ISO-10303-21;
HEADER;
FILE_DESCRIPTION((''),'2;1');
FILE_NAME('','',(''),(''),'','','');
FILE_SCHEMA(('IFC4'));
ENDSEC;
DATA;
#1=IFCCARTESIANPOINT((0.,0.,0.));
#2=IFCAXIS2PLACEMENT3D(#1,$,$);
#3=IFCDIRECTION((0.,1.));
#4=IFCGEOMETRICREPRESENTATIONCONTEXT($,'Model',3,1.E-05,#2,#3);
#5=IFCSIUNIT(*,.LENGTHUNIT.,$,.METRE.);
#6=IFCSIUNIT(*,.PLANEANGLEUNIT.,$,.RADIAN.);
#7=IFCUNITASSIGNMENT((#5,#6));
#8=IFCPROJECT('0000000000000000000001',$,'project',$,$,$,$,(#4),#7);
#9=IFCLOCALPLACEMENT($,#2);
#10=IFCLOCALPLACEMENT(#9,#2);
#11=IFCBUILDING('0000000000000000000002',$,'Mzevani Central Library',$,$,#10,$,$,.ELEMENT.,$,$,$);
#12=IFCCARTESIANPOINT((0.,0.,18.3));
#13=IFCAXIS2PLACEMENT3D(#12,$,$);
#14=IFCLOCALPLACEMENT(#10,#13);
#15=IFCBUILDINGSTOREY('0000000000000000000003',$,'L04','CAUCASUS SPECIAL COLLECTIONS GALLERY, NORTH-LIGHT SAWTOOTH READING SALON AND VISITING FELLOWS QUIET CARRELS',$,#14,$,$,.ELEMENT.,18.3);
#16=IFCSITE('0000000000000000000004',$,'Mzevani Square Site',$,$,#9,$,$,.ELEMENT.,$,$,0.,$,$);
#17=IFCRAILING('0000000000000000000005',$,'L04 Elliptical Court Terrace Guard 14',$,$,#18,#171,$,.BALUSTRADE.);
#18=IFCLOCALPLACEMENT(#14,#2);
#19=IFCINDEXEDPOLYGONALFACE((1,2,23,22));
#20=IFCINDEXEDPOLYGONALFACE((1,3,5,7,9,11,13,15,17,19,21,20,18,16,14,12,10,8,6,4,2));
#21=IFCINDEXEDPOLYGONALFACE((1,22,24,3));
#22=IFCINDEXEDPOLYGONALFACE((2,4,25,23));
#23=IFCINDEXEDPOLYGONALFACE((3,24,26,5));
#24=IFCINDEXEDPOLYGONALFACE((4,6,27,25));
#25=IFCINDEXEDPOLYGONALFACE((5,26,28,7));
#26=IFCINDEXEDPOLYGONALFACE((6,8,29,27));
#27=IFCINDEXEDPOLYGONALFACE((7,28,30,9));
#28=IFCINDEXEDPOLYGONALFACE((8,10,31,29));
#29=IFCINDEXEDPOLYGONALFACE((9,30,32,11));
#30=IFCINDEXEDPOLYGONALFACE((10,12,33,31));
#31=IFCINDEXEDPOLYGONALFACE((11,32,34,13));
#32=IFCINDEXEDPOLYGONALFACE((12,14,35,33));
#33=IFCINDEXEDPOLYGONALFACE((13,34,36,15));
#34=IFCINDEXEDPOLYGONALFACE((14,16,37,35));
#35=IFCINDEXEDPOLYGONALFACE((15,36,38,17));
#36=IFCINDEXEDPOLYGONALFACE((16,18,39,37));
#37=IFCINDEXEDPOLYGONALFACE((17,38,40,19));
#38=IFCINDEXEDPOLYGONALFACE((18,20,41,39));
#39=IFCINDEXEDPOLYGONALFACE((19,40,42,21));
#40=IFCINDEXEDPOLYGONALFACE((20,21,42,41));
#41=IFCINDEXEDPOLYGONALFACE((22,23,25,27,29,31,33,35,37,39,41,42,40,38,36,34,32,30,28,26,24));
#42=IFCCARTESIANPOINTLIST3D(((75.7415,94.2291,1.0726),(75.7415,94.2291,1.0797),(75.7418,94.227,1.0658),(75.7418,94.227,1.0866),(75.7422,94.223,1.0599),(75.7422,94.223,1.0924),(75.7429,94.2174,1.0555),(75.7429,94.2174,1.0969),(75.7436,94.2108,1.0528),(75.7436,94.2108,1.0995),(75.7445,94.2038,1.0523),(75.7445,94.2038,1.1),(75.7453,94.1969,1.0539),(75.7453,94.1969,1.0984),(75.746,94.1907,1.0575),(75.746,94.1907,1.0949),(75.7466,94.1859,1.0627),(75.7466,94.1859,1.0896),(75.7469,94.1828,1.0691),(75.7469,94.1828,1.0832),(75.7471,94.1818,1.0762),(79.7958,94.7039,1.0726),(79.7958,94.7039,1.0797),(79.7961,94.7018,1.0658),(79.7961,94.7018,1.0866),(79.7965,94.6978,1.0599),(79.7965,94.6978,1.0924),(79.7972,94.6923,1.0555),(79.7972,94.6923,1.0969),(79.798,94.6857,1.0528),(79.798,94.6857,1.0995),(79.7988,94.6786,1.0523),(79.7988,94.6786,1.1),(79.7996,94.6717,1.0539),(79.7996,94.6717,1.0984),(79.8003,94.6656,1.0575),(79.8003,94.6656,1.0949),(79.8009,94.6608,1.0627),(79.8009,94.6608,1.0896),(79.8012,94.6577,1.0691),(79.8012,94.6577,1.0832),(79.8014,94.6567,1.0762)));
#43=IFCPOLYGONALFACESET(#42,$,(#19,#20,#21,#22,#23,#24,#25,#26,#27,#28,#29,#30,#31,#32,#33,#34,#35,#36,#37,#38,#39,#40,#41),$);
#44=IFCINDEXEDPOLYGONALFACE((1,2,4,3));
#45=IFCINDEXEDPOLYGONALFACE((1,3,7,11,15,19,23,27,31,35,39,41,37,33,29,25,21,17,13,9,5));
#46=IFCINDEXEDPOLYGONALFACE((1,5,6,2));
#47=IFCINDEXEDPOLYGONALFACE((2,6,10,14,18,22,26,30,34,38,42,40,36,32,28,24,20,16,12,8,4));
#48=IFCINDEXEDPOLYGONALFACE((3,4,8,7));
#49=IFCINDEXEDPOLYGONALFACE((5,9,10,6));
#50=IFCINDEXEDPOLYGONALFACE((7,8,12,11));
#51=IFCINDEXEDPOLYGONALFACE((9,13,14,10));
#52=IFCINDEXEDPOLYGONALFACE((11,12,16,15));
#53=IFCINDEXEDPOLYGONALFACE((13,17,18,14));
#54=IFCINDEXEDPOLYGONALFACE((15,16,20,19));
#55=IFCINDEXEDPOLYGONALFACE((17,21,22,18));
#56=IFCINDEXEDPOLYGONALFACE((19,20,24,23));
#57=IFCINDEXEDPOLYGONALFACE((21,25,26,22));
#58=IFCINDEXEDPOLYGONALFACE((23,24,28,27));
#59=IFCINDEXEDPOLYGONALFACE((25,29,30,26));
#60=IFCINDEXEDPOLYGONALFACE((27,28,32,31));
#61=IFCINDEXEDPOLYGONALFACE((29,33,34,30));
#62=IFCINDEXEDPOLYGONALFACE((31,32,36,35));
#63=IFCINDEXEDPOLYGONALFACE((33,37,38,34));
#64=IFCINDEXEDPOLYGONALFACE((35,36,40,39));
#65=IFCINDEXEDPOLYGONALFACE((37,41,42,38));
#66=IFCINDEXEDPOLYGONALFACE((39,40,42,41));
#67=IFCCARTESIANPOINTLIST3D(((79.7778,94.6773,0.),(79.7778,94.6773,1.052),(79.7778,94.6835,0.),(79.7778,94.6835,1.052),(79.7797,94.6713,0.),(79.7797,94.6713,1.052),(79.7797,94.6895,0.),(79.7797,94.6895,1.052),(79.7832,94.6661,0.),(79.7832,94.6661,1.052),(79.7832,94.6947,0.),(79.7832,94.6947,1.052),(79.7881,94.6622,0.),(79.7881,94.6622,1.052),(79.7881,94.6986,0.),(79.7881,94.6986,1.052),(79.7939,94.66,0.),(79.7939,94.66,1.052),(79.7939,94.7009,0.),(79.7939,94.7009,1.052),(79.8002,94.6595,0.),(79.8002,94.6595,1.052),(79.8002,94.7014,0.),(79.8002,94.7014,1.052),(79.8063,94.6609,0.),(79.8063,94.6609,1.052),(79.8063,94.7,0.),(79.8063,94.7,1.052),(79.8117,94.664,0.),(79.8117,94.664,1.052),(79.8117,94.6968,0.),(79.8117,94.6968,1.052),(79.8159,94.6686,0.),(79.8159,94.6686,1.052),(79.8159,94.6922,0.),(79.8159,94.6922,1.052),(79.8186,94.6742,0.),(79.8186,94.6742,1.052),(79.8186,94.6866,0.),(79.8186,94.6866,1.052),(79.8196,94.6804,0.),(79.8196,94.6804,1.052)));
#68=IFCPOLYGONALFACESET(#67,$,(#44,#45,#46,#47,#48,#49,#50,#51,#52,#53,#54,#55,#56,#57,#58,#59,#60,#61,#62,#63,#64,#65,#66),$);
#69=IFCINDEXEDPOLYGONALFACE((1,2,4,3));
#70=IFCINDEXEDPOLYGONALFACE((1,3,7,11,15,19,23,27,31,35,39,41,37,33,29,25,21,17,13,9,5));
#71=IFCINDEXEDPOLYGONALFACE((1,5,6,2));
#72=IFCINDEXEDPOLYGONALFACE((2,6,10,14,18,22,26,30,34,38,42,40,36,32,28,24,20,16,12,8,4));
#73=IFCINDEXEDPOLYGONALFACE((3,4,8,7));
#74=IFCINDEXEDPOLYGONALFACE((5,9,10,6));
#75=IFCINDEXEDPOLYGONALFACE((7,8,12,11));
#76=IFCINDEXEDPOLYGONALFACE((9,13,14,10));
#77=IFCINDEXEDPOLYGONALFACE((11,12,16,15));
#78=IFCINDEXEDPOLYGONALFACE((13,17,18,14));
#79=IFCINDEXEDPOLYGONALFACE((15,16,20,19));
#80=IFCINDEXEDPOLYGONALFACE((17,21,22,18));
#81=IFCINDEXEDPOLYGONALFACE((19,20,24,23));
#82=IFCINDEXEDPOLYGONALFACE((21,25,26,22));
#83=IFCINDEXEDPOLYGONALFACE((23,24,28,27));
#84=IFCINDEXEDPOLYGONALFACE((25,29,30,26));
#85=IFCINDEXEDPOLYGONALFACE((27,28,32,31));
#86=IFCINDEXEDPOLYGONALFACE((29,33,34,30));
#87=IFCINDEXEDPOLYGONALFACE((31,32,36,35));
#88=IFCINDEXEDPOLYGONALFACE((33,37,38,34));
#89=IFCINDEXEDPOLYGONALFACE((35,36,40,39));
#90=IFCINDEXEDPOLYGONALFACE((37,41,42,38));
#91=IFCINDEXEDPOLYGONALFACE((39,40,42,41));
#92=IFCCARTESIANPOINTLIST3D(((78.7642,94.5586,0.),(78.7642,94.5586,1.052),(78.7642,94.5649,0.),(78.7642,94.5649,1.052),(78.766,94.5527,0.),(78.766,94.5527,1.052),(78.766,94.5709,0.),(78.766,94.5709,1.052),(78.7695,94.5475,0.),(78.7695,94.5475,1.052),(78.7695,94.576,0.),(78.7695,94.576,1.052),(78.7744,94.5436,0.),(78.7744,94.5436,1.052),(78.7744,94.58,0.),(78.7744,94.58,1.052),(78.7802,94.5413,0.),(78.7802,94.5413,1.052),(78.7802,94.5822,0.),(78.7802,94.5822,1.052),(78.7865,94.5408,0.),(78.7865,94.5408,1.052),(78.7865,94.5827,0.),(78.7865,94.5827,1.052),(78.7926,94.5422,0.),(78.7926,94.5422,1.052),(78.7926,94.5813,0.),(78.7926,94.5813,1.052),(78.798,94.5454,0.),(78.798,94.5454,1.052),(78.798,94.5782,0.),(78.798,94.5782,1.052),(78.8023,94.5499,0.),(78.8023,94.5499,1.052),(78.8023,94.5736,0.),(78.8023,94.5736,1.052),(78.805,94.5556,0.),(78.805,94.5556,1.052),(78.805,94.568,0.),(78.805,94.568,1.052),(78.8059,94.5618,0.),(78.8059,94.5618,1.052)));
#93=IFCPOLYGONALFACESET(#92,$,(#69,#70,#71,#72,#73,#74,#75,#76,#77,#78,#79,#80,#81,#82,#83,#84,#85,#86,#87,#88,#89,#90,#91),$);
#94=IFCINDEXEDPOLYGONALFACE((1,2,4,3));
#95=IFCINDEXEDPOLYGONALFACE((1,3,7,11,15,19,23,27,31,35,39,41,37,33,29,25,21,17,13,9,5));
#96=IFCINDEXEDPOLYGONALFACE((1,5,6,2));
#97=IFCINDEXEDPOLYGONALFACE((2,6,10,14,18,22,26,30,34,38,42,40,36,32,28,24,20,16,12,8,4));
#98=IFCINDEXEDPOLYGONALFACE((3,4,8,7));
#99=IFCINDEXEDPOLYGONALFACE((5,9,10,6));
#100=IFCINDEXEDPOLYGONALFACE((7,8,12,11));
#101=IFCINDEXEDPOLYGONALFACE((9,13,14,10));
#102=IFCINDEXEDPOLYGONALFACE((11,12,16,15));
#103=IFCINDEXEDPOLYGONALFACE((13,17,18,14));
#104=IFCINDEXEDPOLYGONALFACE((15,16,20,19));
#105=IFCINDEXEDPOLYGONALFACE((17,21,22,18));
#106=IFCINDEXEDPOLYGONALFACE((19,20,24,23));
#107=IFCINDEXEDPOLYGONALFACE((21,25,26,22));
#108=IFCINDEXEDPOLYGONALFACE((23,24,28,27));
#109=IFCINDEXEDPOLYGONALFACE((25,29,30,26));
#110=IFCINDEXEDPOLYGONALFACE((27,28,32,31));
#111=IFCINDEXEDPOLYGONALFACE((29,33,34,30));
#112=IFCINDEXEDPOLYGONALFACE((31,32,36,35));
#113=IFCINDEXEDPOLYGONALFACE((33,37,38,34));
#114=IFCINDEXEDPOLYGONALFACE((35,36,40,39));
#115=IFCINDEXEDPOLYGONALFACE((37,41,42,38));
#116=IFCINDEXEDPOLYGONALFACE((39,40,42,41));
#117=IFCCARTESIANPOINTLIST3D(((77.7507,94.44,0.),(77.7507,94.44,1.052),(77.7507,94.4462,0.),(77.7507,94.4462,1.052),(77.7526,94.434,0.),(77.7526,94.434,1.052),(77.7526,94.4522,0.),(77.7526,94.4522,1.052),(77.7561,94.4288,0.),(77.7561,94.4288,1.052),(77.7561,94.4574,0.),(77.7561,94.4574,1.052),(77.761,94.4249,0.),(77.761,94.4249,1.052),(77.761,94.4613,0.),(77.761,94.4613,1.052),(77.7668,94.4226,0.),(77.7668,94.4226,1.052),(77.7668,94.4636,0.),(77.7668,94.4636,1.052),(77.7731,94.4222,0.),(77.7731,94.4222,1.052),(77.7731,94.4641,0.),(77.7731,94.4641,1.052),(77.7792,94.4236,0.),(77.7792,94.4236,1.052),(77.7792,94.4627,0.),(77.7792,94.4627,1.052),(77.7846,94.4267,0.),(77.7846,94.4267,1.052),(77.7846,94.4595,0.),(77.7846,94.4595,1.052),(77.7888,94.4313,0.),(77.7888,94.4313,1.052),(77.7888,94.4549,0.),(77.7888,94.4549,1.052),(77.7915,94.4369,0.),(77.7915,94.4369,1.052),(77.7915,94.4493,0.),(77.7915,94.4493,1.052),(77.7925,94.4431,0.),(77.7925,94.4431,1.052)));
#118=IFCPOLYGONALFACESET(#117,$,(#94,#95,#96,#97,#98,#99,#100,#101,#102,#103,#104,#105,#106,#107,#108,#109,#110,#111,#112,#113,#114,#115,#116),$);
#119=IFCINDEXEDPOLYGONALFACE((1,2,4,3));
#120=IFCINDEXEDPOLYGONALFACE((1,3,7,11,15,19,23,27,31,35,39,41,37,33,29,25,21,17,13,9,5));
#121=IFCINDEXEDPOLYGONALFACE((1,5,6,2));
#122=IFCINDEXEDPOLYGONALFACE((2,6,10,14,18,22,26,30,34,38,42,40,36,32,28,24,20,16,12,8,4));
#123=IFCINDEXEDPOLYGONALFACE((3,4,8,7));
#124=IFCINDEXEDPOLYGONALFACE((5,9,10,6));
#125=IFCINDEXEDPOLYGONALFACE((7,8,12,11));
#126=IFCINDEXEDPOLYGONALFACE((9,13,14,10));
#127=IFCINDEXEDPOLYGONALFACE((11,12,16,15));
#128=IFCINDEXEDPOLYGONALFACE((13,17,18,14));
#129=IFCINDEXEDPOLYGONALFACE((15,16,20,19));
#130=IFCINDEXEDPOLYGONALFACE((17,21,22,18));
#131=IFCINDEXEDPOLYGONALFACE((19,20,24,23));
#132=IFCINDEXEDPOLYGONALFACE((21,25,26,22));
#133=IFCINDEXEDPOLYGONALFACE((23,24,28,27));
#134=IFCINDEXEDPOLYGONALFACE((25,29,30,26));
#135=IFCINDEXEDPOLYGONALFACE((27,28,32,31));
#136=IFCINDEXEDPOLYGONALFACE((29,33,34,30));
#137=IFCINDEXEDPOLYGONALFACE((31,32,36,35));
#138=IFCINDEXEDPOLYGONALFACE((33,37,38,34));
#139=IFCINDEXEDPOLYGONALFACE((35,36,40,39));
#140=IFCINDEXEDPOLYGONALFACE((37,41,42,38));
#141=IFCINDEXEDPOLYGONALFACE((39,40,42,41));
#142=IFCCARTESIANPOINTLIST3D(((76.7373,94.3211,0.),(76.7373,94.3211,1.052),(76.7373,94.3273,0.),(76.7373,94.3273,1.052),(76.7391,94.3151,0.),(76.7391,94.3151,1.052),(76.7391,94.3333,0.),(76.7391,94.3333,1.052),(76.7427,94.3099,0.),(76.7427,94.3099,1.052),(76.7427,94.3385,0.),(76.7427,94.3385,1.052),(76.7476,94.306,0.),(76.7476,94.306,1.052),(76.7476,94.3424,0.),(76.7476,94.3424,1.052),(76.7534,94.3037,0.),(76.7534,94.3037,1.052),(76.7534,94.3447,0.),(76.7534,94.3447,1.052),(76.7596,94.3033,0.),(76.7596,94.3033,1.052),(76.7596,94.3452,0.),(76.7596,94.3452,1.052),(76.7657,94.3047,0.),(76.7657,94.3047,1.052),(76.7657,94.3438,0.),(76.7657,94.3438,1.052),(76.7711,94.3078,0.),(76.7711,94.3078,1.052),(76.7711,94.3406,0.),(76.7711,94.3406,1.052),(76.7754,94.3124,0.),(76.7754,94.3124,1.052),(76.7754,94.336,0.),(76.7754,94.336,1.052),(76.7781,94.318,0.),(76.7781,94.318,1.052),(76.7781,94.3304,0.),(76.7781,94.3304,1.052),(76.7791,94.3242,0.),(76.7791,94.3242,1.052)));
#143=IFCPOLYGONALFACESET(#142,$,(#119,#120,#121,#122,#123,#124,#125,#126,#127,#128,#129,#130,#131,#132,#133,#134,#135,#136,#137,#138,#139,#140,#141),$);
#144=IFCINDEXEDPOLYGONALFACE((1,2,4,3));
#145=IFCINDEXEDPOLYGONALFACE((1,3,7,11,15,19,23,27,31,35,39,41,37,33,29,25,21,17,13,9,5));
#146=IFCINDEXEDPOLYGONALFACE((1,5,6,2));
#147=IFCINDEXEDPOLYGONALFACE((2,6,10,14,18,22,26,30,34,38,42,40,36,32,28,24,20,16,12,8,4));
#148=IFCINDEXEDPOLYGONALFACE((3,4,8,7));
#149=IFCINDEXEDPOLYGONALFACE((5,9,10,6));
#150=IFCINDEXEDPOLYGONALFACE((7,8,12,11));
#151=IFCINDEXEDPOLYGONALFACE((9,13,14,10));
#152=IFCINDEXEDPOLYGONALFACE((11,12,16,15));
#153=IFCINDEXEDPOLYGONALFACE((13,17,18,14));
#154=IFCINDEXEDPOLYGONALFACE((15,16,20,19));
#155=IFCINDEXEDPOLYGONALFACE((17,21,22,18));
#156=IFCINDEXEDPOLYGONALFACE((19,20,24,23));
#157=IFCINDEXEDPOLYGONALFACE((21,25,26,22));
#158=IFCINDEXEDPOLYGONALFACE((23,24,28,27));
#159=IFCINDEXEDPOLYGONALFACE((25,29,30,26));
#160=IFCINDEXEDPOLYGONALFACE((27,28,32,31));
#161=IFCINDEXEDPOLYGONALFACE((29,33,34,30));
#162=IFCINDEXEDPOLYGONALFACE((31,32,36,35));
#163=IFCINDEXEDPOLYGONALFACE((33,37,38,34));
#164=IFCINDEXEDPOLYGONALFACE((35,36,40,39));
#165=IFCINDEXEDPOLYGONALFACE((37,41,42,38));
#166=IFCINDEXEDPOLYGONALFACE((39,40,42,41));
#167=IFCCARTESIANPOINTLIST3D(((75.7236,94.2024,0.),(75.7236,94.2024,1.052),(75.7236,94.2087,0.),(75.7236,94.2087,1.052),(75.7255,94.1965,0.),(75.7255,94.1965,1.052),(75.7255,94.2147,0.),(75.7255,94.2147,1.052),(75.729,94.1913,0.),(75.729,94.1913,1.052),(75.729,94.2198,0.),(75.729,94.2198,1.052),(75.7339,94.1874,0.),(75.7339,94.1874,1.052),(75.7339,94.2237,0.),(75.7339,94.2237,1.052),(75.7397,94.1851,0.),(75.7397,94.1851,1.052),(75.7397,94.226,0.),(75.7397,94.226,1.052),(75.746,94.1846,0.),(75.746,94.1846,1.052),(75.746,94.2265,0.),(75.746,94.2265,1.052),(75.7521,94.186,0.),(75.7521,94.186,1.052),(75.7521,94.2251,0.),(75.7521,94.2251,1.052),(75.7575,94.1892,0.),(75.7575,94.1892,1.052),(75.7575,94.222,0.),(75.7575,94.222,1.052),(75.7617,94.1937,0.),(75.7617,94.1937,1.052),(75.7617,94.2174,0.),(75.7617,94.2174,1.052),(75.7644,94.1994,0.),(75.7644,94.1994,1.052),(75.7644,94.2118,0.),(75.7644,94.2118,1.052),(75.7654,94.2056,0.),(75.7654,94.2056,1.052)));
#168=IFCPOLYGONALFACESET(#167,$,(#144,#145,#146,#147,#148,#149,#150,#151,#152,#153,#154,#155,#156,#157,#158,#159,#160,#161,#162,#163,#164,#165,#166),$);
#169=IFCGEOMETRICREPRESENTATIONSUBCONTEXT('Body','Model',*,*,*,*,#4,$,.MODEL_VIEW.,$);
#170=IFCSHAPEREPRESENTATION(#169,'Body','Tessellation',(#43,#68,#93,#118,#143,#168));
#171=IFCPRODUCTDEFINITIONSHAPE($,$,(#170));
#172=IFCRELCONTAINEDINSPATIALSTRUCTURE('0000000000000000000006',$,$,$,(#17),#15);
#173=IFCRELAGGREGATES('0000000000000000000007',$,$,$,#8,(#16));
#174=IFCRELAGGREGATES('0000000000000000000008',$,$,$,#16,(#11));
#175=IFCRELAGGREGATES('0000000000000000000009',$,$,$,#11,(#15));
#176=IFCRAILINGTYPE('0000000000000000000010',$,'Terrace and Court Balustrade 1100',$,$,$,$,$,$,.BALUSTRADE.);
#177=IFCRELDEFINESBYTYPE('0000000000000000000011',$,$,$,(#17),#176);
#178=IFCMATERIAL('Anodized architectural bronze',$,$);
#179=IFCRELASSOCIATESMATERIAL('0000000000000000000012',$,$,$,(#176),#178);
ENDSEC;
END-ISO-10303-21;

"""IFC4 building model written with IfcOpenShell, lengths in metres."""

from ifc_helpers import new_model, si_unit, direction, frame, origin, origin_2d, place, context, subcontext, project, spatial, circle, extrude, material, type_object, element, save


model = new_model("IFC4")

# Units and contexts
model_context = context("Model", 3, precision=1e-05, world=origin(), true_north=direction((0.0, 1.0)))
body_context = subcontext(model_context, "Body", "Model", "MODEL_VIEW")
ifc_project = project(units=[si_unit("LENGTHUNIT", "METRE"), si_unit("PLANEANGLEUNIT", "RADIAN")], contexts=[model_context])

# Site, building, storey
site_placement = place(None, origin())
site = spatial("IfcSite", under=ifc_project, at=site_placement, Name="Mzevani Square Site", CompositionType="ELEMENT", RefElevation=0.0)
building_placement = place(site_placement, origin())
building = spatial("IfcBuilding", under=site, at=building_placement, Name="Mzevani Central Library", CompositionType="ELEMENT")
storey_placement = place(building_placement, frame((0.0, 0.0, 18.3)))
storey = spatial("IfcBuildingStorey", under=building, at=storey_placement, Name="L04", Description="CAUCASUS SPECIAL COLLECTIONS GALLERY, NORTH-LIGHT SAWTOOTH READING SALON AND VISITING FELLOWS QUIET CARRELS", CompositionType="ELEMENT", Elevation=18.3)

# Railing
ifc_material_1 = material(Name="Anodized architectural bronze")
railing_type = type_object("IfcRailingType", Name="Terrace and Court Balustrade 1100", PredefinedType="BALUSTRADE", material=ifc_material_1)
railing_1_placement = place(storey_placement, frame((79.7986, 94.6804, 0.0)))
element("IfcRailing", 1, at=railing_1_placement, inside=storey, type_object=railing_type, Name="L04 Elliptical Court Terrace Guard 14", PredefinedType="BALUSTRADE", context=body_context, shape_type="SweptSolid", body=[
    extrude(circle(Radius=0.0239, at=origin_2d()), frame((0.0, 0.0, 1.0762), z_axis=(-0.99321, -0.116331, 0.0), x_axis=(0.116331, -0.99321, 0.0)), (0.0, 0.0, 1.0), 4.082),
    extrude(circle(Radius=0.021, at=origin_2d()), origin(), (0.0, 0.0, 1.0), 1.052),
    extrude(circle(Radius=0.021, at=origin_2d()), frame((-1.0137, -0.1187, 0.0)), (0.0, 0.0, 1.0), 1.052),
    extrude(circle(Radius=0.021, at=origin_2d()), frame((-2.0271, -0.2373, 0.0)), (0.0, 0.0, 1.0), 1.052),
    extrude(circle(Radius=0.021, at=origin_2d()), frame((-3.0405, -0.3562, 0.0)), (0.0, 0.0, 1.0), 1.052),
    extrude(circle(Radius=0.021, at=origin_2d()), frame((-4.0542, -0.4749, 0.0)), (0.0, 0.0, 1.0), 1.052),
])

save(model, "model.ifc")
